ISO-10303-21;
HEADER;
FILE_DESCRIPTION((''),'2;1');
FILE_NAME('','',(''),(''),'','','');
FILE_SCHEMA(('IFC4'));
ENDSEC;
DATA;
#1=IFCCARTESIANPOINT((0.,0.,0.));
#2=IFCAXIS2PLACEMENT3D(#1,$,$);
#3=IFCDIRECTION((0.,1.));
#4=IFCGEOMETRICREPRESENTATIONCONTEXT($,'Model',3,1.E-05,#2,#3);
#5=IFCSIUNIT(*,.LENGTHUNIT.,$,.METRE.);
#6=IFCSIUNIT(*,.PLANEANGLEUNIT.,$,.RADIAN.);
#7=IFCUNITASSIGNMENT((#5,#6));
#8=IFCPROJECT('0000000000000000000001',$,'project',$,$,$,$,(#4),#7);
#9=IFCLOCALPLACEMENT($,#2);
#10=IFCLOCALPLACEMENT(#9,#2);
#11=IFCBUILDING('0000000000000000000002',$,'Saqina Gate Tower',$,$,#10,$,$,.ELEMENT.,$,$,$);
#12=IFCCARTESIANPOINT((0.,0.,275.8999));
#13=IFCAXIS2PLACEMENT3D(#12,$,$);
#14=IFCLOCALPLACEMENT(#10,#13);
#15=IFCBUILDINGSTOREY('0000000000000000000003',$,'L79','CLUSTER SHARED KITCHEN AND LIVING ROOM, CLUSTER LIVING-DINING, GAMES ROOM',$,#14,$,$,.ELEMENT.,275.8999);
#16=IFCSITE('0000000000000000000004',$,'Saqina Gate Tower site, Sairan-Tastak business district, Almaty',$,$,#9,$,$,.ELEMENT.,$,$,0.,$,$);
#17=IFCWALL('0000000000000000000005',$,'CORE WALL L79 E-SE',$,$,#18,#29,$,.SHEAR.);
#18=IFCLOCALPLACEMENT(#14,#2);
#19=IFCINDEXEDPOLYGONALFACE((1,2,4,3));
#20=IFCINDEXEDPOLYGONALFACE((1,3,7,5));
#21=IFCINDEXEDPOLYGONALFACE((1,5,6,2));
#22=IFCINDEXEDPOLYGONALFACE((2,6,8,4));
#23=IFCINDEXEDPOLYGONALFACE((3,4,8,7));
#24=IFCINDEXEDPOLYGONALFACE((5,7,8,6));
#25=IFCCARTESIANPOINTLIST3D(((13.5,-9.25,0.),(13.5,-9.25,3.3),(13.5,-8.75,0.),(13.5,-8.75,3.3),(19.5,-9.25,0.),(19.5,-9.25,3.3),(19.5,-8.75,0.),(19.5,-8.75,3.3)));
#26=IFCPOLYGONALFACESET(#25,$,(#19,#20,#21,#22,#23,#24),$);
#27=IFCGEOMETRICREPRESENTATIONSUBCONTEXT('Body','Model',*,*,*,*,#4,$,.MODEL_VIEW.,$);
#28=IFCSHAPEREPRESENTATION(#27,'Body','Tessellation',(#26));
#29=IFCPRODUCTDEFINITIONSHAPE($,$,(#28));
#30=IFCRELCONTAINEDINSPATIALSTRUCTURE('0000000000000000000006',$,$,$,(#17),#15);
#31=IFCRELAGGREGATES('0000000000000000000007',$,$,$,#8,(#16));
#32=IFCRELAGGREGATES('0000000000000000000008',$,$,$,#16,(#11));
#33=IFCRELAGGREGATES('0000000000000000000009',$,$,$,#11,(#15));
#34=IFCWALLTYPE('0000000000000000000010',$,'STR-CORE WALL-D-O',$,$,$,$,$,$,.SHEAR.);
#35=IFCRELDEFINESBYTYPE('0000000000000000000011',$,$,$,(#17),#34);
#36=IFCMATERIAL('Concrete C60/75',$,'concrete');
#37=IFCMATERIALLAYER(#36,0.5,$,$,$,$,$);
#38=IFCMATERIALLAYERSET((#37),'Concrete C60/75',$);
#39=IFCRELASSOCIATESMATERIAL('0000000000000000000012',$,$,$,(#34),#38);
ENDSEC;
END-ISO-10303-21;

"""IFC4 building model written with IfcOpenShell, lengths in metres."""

from ifc_helpers import new_model, si_unit, direction, frame, frame_2d, origin, place, context, subcontext, project, spatial, rectangle, extrude, material, layer, layer_set, type_object, element, save


model = new_model("IFC4")

# Units and contexts
model_context = context("Model", 3, precision=1e-05, world=origin(), true_north=direction((0.0, 1.0)))
body_context = subcontext(model_context, "Body", "Model", "MODEL_VIEW")
ifc_project = project(units=[si_unit("LENGTHUNIT", "METRE"), si_unit("PLANEANGLEUNIT", "RADIAN")], contexts=[model_context])

# Site, building, storey
site_placement = place(None, origin())
site = spatial("IfcSite", under=ifc_project, at=site_placement, Name="Saqina Gate Tower site, Sairan-Tastak business district, Almaty", CompositionType="ELEMENT", RefElevation=0.0)
building_placement = place(site_placement, origin())
building = spatial("IfcBuilding", under=site, at=building_placement, Name="Saqina Gate Tower", CompositionType="ELEMENT")
storey_placement = place(building_placement, frame((0.0, 0.0, 275.8999)))
storey = spatial("IfcBuildingStorey", under=building, at=storey_placement, Name="L79", Description="CLUSTER SHARED KITCHEN AND LIVING ROOM, CLUSTER LIVING-DINING, GAMES ROOM", CompositionType="ELEMENT", Elevation=275.8999)

# Shared definitions
ifc_material_1 = material(Name="Concrete C60/75", Category="concrete")
ifc_layer_1 = layer(ifc_material_1, 0.5)
ifc_layer_set_1 = layer_set([ifc_layer_1], Name="Concrete C60/75")
wall_type_1 = type_object("IfcWallType", Name="STR-CORE WALL-D-O", PredefinedType="SHEAR", material=ifc_layer_set_1)

# Wall
wall_1_placement = place(storey_placement, frame((13.5, -9.0, 0.0), z_axis=(0.0, 0.0, 1.0), x_axis=(1.0, 0.0, 0.0)))
element("IfcWall", 1, at=wall_1_placement, inside=storey, type_object=wall_type_1, Name="CORE WALL L79 E-SE", PredefinedType="SHEAR", context=body_context, shape_type="SweptSolid", body=[
    extrude(rectangle(XDim=6.0, YDim=0.5, at=frame_2d((3.0, 0.0))), origin(), (0.0, 0.0, 1.0), 3.3),
])

save(model, "model.ifc")
